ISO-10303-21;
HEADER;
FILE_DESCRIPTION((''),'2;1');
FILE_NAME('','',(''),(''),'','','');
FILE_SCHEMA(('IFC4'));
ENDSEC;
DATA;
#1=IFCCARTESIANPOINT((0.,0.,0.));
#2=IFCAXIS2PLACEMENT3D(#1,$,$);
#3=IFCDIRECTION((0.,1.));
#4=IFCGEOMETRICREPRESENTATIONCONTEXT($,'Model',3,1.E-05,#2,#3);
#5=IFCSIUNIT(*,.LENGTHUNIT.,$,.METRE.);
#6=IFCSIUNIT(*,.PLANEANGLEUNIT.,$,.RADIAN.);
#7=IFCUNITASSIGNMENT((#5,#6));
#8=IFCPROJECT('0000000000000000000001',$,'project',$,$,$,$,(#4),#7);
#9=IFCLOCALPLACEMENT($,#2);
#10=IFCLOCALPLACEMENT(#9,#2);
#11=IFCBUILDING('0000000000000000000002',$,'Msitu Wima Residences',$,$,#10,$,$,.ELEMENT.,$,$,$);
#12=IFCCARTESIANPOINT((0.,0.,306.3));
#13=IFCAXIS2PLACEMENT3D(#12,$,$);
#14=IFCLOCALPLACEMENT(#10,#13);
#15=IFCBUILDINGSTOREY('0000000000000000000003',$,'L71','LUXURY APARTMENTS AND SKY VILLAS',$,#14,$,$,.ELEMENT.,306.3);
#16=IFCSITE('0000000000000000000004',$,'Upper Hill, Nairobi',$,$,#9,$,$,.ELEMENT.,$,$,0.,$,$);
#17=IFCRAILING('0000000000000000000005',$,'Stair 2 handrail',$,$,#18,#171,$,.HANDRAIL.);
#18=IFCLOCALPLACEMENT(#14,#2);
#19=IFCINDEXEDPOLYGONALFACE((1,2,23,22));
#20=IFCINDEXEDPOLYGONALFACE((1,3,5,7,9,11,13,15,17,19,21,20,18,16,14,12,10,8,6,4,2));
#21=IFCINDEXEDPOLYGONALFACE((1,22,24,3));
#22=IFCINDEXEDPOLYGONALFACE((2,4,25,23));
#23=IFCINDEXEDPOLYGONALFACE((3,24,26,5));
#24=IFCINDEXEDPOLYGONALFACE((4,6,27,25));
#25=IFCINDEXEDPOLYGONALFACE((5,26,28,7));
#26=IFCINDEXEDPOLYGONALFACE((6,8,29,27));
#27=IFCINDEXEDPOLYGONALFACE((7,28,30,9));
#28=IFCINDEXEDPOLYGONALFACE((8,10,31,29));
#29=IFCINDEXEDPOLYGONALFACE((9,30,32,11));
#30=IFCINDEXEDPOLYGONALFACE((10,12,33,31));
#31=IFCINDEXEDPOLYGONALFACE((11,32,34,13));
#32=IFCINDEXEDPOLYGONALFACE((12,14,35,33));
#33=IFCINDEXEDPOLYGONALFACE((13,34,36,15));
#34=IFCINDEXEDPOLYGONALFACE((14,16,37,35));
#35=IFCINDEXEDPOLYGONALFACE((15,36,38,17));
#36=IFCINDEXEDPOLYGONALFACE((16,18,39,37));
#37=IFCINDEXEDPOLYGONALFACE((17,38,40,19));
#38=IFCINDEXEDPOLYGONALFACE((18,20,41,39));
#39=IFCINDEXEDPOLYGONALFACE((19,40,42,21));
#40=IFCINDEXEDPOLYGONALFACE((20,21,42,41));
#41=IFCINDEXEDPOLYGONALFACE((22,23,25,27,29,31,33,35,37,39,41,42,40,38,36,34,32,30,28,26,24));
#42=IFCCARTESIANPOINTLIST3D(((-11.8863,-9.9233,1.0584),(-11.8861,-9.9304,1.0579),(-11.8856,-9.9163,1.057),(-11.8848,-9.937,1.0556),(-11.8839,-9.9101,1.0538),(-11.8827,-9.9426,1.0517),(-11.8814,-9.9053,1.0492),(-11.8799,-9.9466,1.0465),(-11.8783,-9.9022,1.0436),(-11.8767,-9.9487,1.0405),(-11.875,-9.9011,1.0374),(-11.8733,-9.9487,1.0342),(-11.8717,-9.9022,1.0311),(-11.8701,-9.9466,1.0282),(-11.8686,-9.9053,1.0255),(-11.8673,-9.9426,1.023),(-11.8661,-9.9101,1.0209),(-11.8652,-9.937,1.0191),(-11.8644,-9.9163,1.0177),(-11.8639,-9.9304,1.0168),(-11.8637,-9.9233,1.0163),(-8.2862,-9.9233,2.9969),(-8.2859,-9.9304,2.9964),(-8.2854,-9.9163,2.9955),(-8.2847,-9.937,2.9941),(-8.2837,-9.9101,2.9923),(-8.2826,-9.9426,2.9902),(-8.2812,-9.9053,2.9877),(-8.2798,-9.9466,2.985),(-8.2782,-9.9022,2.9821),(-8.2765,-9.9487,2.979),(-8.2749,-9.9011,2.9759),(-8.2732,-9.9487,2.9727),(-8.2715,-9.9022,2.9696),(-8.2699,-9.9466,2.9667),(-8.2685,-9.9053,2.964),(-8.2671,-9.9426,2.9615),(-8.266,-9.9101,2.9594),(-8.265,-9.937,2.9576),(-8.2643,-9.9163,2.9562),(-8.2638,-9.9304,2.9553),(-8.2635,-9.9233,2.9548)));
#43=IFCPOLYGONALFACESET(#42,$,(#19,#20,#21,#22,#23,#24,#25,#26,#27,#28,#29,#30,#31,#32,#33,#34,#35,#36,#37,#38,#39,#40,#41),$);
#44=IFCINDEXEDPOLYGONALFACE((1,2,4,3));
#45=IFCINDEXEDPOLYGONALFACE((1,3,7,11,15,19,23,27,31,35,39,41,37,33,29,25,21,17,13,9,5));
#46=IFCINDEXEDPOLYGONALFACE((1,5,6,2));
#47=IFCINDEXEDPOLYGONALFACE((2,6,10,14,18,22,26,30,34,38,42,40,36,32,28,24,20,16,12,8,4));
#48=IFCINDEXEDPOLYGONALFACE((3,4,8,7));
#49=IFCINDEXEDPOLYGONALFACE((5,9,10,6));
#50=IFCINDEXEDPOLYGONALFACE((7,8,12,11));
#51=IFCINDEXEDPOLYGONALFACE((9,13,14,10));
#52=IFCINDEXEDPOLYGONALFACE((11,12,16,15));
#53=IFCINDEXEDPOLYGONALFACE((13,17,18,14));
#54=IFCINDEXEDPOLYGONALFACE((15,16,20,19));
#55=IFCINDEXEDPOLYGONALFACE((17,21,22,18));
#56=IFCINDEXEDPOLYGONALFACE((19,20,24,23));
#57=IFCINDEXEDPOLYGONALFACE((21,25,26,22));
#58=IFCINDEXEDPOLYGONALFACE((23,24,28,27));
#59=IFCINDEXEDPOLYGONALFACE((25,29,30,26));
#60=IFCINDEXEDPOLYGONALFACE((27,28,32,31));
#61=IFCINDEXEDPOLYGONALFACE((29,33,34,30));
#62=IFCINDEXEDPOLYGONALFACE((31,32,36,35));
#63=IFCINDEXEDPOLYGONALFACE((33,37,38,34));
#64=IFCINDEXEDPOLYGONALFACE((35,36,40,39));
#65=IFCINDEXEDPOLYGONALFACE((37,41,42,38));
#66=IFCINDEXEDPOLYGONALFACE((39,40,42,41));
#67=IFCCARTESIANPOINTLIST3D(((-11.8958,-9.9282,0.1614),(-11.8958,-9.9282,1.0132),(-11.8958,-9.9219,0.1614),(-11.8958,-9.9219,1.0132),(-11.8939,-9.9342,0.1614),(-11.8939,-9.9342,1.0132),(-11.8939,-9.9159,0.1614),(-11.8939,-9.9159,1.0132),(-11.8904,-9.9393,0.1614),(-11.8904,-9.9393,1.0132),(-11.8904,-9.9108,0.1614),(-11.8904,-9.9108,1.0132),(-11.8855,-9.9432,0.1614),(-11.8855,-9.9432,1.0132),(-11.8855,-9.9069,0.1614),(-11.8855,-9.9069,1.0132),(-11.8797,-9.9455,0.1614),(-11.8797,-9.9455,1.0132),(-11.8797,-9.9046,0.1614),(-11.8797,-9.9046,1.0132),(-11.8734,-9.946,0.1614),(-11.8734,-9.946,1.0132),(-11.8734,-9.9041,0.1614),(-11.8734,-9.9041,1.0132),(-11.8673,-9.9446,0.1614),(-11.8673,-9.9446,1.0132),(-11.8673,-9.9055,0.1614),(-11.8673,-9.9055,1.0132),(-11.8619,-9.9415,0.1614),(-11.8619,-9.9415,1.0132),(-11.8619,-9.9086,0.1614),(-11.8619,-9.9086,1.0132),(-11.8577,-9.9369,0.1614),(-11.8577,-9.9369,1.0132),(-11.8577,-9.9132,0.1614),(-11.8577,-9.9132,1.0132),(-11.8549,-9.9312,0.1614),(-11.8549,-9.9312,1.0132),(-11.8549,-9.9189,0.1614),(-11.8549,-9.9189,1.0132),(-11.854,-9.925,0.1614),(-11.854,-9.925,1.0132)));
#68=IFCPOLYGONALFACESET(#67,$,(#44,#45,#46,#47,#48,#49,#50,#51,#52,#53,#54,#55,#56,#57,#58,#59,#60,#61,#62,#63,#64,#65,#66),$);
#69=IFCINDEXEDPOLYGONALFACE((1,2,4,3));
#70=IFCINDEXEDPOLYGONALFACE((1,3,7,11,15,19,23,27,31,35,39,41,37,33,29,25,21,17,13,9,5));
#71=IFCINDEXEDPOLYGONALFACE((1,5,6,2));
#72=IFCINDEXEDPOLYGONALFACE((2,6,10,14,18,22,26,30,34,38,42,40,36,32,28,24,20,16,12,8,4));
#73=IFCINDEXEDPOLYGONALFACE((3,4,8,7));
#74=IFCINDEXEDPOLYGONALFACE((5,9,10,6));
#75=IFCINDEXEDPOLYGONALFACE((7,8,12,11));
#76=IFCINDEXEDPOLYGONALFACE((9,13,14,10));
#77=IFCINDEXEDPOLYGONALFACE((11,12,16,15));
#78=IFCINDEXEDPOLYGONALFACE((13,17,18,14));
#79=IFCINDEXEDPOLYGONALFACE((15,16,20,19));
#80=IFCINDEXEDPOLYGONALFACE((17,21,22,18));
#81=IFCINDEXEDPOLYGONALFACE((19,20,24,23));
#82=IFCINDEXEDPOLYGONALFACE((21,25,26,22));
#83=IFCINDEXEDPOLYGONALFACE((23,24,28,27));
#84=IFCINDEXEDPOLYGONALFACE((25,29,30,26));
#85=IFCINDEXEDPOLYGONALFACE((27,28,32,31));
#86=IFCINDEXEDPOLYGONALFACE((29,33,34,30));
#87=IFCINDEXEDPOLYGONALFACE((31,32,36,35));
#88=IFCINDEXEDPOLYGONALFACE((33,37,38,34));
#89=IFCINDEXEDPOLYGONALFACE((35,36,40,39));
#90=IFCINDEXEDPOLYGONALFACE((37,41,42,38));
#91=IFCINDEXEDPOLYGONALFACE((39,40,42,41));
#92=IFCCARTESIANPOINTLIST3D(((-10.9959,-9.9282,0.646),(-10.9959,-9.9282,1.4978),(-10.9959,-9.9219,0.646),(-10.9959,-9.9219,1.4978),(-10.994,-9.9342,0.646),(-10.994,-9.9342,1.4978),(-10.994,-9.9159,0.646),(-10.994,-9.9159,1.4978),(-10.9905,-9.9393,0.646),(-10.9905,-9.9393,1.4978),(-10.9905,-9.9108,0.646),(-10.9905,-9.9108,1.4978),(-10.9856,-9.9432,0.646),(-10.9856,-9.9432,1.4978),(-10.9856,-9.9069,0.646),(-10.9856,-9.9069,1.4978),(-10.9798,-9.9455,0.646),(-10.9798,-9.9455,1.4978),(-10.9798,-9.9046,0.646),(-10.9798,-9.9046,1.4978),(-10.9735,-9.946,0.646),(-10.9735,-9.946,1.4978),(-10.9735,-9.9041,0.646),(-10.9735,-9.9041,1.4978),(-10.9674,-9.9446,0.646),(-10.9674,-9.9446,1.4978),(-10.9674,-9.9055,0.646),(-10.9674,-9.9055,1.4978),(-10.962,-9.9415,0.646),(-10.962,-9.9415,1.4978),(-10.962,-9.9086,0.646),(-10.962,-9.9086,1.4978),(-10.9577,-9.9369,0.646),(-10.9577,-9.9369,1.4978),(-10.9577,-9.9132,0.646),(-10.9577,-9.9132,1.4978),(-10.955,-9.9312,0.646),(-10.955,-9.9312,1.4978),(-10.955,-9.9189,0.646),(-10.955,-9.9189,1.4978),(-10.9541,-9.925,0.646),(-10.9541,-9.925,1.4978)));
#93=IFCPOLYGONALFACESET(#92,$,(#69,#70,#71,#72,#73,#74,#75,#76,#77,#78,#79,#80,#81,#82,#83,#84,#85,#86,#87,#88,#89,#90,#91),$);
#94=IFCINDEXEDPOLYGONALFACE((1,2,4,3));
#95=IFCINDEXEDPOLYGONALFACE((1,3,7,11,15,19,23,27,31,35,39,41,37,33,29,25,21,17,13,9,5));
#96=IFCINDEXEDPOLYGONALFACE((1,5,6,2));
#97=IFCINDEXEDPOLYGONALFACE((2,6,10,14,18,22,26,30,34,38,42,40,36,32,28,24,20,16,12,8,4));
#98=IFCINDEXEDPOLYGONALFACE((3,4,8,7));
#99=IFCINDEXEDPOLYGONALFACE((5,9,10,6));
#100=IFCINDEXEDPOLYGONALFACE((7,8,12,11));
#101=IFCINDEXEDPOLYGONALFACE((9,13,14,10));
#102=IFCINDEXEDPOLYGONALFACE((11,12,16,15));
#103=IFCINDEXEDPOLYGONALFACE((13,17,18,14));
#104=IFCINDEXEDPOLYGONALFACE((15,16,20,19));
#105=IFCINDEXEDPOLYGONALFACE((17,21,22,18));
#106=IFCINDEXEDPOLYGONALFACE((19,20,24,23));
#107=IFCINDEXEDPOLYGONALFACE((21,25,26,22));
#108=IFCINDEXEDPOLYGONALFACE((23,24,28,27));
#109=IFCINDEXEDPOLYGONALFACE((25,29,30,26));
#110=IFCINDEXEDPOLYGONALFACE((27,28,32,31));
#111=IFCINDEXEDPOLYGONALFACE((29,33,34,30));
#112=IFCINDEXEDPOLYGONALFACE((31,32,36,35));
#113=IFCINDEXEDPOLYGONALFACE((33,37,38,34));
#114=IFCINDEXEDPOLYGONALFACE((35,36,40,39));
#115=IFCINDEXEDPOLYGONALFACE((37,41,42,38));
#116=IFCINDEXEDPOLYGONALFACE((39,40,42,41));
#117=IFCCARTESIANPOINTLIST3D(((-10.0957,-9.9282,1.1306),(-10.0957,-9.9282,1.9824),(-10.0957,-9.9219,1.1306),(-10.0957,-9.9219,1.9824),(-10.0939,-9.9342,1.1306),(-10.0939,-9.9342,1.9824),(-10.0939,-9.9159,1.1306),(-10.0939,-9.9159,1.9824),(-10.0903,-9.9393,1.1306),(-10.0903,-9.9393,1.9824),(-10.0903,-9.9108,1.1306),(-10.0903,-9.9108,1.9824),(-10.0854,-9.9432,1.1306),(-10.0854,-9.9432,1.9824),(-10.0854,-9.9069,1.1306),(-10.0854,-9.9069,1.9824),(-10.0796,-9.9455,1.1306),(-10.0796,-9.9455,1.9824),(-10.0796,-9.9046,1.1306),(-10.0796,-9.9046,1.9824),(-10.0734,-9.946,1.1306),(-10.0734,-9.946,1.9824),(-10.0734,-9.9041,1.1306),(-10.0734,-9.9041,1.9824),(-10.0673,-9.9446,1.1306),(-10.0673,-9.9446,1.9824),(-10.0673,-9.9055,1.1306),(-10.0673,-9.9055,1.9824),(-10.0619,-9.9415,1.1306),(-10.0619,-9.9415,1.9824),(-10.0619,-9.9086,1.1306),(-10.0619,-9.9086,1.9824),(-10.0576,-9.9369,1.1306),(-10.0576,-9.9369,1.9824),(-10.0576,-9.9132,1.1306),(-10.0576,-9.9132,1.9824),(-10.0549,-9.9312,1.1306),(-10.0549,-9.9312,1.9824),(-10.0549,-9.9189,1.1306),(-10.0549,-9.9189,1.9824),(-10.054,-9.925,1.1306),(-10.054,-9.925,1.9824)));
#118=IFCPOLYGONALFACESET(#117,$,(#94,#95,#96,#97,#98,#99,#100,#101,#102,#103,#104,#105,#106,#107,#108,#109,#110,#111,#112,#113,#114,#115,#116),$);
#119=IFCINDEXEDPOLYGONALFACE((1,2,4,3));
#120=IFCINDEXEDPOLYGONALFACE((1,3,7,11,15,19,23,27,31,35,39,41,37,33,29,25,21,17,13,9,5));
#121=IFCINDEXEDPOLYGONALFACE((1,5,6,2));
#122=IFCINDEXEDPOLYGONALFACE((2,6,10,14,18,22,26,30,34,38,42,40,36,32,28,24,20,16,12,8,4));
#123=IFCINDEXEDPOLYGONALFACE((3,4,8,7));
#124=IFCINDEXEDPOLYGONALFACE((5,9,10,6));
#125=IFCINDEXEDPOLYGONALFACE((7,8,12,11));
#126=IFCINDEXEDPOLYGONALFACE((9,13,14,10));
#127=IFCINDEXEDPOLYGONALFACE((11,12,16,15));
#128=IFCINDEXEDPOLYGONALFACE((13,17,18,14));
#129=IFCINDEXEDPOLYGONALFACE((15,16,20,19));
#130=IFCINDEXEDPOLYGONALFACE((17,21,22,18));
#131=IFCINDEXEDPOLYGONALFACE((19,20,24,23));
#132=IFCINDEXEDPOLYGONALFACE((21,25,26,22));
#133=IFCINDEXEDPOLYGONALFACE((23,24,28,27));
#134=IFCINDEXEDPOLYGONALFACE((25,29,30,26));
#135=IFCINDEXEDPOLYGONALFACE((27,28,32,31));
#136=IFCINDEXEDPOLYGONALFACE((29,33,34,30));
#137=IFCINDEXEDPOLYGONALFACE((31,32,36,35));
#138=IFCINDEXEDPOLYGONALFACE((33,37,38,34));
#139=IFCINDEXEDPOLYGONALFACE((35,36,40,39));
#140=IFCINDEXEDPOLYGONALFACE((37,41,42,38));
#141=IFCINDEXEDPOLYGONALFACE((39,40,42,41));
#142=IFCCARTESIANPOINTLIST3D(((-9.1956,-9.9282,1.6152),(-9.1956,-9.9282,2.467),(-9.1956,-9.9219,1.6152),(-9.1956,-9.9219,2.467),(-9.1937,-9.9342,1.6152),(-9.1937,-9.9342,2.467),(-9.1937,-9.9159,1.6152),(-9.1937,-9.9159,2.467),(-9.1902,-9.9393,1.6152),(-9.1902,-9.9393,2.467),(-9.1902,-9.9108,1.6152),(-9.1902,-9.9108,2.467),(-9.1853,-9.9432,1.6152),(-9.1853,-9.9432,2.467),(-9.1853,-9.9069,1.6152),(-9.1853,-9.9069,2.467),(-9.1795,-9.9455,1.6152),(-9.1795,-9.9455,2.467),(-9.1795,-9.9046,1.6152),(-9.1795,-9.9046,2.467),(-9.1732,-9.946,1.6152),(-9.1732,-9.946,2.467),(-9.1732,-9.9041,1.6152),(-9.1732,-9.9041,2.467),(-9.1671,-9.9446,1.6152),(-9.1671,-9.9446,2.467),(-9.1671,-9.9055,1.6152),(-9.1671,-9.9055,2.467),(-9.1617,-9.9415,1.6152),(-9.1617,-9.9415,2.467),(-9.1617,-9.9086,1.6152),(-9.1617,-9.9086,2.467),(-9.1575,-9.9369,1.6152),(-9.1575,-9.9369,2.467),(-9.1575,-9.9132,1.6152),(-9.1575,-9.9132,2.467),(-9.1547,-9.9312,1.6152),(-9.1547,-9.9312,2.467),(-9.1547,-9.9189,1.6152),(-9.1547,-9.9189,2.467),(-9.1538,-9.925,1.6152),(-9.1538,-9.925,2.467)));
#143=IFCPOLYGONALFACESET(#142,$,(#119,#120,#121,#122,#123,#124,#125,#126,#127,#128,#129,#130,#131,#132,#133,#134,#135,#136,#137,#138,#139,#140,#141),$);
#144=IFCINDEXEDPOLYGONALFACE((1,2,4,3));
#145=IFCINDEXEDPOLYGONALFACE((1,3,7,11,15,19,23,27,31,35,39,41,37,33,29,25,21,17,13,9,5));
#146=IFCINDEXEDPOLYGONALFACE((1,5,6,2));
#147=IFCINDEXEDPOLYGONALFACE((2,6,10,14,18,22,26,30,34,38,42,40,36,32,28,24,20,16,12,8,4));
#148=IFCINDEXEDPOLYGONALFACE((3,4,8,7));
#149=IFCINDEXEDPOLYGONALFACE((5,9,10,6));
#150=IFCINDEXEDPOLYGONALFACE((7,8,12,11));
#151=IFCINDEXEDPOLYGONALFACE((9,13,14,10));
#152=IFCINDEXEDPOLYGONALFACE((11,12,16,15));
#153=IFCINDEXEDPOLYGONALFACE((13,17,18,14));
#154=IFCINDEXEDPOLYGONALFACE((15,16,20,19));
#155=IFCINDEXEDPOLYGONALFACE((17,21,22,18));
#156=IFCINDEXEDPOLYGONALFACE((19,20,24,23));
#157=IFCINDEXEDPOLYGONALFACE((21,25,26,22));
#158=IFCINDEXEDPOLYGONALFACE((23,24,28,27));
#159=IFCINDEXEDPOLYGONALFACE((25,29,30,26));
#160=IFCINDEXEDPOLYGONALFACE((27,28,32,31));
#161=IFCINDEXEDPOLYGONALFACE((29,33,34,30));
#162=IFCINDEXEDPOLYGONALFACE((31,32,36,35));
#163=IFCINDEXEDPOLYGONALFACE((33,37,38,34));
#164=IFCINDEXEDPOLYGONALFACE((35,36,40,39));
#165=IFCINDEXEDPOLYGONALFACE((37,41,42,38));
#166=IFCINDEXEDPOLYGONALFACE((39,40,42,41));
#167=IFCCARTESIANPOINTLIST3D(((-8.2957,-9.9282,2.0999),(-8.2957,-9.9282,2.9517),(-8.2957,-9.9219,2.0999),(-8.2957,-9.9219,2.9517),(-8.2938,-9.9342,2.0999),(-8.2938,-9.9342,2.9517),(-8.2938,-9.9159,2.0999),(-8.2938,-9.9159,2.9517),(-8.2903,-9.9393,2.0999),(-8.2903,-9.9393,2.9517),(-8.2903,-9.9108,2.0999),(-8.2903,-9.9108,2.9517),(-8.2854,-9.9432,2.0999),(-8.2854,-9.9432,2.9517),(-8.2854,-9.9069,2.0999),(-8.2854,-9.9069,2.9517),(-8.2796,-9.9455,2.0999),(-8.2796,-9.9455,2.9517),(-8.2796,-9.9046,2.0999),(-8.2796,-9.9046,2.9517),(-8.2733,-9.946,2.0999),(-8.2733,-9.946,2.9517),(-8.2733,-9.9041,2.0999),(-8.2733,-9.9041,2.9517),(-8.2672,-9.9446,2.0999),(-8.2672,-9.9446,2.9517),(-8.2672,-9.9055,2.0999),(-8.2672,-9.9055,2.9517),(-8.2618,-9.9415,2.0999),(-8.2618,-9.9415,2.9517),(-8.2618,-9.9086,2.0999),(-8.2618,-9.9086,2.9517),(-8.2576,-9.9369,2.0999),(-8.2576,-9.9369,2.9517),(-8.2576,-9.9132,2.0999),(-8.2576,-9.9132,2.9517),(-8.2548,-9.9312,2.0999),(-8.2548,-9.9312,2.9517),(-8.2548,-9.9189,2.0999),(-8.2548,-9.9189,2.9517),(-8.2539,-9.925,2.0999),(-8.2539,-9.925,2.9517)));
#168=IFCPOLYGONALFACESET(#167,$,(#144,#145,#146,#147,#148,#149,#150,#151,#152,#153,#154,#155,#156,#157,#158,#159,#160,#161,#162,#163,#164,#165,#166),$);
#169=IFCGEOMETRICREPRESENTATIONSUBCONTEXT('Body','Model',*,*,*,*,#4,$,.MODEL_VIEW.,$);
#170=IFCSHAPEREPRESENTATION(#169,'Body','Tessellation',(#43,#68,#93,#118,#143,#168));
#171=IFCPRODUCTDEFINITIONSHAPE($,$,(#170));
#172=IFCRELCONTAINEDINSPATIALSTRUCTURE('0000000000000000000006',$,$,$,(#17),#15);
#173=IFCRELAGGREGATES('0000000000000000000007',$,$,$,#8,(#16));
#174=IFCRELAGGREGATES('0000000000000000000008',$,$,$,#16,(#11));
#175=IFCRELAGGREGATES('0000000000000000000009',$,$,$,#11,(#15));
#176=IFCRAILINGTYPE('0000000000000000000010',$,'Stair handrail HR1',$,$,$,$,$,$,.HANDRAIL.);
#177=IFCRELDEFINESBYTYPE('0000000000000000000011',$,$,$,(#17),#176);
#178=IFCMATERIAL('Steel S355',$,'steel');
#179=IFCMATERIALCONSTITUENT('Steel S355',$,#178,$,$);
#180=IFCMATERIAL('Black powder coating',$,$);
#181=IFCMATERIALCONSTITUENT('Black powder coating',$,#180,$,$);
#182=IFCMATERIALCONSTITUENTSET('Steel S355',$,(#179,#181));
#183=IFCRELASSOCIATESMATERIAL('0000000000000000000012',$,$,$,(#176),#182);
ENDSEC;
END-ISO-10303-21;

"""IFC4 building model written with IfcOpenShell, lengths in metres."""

from ifc_helpers import new_model, si_unit, direction, frame, origin, origin_2d, place, context, subcontext, project, spatial, circle, extrude, material, constituent, constituent_set, type_object, element, save


model = new_model("IFC4")

# Units and contexts
model_context = context("Model", 3, precision=1e-05, world=origin(), true_north=direction((0.0, 1.0)))
body_context = subcontext(model_context, "Body", "Model", "MODEL_VIEW")
ifc_project = project(units=[si_unit("LENGTHUNIT", "METRE"), si_unit("PLANEANGLEUNIT", "RADIAN")], contexts=[model_context])

# Site, building, storey
site_placement = place(None, origin())
site = spatial("IfcSite", under=ifc_project, at=site_placement, Name="Upper Hill, Nairobi", CompositionType="ELEMENT", RefElevation=0.0)
building_placement = place(site_placement, origin())
building = spatial("IfcBuilding", under=site, at=building_placement, Name="Msitu Wima Residences", CompositionType="ELEMENT")
storey_placement = place(building_placement, frame((0.0, 0.0, 306.3)))
storey = spatial("IfcBuildingStorey", under=building, at=storey_placement, Name="L71", Description="LUXURY APARTMENTS AND SKY VILLAS", CompositionType="ELEMENT", Elevation=306.3)

# Railing
ifc_material_1 = material(Name="Steel S355", Category="steel")
ifc_constituent_1 = constituent(ifc_material_1, Name="Steel S355")
ifc_material_2 = material(Name="Black powder coating")
ifc_constituent_2 = constituent(ifc_material_2, Name="Black powder coating")
ifc_constituent_set = constituent_set(constituents=[ifc_constituent_1, ifc_constituent_2], Name="Steel S355")
railing_type = type_object("IfcRailingType", Name="Stair handrail HR1", PredefinedType="HANDRAIL", material=ifc_constituent_set)
for number, where, name in (
    (1, (-11.875, -9.925, 0.1614), "Stair 2 handrail"),
):
    element("IfcRailing", number, at=place(storey_placement, frame(where)), inside=storey, type_object=railing_type, Name=name, PredefinedType="HANDRAIL", context=body_context, shape_type="SweptSolid", body=[
        extrude(circle(Radius=0.0239, at=origin_2d()), frame((0.0, 0.0, 0.876), z_axis=(0.880475, 0.0, 0.474093), x_axis=(0.0, 1.0, 0.0)), (0.0, 0.0, 1.0), 4.0889),
        extrude(circle(Radius=0.021, at=origin_2d()), origin(), (0.0, 0.0, 1.0), 0.8518),
        extrude(circle(Radius=0.021, at=origin_2d()), frame((0.8999, 0.0, 0.4846)), (0.0, 0.0, 1.0), 0.8518),
        extrude(circle(Radius=0.021, at=origin_2d()), frame((1.8, 0.0, 0.9692)), (0.0, 0.0, 1.0), 0.8518),
        extrude(circle(Radius=0.021, at=origin_2d()), frame((2.7002, 0.0, 1.4539)), (0.0, 0.0, 1.0), 0.8518),
        extrude(circle(Radius=0.021, at=origin_2d()), frame((3.6001, 0.0, 1.9385)), (0.0, 0.0, 1.0), 0.8518),
    ])

save(model, "model.ifc")
